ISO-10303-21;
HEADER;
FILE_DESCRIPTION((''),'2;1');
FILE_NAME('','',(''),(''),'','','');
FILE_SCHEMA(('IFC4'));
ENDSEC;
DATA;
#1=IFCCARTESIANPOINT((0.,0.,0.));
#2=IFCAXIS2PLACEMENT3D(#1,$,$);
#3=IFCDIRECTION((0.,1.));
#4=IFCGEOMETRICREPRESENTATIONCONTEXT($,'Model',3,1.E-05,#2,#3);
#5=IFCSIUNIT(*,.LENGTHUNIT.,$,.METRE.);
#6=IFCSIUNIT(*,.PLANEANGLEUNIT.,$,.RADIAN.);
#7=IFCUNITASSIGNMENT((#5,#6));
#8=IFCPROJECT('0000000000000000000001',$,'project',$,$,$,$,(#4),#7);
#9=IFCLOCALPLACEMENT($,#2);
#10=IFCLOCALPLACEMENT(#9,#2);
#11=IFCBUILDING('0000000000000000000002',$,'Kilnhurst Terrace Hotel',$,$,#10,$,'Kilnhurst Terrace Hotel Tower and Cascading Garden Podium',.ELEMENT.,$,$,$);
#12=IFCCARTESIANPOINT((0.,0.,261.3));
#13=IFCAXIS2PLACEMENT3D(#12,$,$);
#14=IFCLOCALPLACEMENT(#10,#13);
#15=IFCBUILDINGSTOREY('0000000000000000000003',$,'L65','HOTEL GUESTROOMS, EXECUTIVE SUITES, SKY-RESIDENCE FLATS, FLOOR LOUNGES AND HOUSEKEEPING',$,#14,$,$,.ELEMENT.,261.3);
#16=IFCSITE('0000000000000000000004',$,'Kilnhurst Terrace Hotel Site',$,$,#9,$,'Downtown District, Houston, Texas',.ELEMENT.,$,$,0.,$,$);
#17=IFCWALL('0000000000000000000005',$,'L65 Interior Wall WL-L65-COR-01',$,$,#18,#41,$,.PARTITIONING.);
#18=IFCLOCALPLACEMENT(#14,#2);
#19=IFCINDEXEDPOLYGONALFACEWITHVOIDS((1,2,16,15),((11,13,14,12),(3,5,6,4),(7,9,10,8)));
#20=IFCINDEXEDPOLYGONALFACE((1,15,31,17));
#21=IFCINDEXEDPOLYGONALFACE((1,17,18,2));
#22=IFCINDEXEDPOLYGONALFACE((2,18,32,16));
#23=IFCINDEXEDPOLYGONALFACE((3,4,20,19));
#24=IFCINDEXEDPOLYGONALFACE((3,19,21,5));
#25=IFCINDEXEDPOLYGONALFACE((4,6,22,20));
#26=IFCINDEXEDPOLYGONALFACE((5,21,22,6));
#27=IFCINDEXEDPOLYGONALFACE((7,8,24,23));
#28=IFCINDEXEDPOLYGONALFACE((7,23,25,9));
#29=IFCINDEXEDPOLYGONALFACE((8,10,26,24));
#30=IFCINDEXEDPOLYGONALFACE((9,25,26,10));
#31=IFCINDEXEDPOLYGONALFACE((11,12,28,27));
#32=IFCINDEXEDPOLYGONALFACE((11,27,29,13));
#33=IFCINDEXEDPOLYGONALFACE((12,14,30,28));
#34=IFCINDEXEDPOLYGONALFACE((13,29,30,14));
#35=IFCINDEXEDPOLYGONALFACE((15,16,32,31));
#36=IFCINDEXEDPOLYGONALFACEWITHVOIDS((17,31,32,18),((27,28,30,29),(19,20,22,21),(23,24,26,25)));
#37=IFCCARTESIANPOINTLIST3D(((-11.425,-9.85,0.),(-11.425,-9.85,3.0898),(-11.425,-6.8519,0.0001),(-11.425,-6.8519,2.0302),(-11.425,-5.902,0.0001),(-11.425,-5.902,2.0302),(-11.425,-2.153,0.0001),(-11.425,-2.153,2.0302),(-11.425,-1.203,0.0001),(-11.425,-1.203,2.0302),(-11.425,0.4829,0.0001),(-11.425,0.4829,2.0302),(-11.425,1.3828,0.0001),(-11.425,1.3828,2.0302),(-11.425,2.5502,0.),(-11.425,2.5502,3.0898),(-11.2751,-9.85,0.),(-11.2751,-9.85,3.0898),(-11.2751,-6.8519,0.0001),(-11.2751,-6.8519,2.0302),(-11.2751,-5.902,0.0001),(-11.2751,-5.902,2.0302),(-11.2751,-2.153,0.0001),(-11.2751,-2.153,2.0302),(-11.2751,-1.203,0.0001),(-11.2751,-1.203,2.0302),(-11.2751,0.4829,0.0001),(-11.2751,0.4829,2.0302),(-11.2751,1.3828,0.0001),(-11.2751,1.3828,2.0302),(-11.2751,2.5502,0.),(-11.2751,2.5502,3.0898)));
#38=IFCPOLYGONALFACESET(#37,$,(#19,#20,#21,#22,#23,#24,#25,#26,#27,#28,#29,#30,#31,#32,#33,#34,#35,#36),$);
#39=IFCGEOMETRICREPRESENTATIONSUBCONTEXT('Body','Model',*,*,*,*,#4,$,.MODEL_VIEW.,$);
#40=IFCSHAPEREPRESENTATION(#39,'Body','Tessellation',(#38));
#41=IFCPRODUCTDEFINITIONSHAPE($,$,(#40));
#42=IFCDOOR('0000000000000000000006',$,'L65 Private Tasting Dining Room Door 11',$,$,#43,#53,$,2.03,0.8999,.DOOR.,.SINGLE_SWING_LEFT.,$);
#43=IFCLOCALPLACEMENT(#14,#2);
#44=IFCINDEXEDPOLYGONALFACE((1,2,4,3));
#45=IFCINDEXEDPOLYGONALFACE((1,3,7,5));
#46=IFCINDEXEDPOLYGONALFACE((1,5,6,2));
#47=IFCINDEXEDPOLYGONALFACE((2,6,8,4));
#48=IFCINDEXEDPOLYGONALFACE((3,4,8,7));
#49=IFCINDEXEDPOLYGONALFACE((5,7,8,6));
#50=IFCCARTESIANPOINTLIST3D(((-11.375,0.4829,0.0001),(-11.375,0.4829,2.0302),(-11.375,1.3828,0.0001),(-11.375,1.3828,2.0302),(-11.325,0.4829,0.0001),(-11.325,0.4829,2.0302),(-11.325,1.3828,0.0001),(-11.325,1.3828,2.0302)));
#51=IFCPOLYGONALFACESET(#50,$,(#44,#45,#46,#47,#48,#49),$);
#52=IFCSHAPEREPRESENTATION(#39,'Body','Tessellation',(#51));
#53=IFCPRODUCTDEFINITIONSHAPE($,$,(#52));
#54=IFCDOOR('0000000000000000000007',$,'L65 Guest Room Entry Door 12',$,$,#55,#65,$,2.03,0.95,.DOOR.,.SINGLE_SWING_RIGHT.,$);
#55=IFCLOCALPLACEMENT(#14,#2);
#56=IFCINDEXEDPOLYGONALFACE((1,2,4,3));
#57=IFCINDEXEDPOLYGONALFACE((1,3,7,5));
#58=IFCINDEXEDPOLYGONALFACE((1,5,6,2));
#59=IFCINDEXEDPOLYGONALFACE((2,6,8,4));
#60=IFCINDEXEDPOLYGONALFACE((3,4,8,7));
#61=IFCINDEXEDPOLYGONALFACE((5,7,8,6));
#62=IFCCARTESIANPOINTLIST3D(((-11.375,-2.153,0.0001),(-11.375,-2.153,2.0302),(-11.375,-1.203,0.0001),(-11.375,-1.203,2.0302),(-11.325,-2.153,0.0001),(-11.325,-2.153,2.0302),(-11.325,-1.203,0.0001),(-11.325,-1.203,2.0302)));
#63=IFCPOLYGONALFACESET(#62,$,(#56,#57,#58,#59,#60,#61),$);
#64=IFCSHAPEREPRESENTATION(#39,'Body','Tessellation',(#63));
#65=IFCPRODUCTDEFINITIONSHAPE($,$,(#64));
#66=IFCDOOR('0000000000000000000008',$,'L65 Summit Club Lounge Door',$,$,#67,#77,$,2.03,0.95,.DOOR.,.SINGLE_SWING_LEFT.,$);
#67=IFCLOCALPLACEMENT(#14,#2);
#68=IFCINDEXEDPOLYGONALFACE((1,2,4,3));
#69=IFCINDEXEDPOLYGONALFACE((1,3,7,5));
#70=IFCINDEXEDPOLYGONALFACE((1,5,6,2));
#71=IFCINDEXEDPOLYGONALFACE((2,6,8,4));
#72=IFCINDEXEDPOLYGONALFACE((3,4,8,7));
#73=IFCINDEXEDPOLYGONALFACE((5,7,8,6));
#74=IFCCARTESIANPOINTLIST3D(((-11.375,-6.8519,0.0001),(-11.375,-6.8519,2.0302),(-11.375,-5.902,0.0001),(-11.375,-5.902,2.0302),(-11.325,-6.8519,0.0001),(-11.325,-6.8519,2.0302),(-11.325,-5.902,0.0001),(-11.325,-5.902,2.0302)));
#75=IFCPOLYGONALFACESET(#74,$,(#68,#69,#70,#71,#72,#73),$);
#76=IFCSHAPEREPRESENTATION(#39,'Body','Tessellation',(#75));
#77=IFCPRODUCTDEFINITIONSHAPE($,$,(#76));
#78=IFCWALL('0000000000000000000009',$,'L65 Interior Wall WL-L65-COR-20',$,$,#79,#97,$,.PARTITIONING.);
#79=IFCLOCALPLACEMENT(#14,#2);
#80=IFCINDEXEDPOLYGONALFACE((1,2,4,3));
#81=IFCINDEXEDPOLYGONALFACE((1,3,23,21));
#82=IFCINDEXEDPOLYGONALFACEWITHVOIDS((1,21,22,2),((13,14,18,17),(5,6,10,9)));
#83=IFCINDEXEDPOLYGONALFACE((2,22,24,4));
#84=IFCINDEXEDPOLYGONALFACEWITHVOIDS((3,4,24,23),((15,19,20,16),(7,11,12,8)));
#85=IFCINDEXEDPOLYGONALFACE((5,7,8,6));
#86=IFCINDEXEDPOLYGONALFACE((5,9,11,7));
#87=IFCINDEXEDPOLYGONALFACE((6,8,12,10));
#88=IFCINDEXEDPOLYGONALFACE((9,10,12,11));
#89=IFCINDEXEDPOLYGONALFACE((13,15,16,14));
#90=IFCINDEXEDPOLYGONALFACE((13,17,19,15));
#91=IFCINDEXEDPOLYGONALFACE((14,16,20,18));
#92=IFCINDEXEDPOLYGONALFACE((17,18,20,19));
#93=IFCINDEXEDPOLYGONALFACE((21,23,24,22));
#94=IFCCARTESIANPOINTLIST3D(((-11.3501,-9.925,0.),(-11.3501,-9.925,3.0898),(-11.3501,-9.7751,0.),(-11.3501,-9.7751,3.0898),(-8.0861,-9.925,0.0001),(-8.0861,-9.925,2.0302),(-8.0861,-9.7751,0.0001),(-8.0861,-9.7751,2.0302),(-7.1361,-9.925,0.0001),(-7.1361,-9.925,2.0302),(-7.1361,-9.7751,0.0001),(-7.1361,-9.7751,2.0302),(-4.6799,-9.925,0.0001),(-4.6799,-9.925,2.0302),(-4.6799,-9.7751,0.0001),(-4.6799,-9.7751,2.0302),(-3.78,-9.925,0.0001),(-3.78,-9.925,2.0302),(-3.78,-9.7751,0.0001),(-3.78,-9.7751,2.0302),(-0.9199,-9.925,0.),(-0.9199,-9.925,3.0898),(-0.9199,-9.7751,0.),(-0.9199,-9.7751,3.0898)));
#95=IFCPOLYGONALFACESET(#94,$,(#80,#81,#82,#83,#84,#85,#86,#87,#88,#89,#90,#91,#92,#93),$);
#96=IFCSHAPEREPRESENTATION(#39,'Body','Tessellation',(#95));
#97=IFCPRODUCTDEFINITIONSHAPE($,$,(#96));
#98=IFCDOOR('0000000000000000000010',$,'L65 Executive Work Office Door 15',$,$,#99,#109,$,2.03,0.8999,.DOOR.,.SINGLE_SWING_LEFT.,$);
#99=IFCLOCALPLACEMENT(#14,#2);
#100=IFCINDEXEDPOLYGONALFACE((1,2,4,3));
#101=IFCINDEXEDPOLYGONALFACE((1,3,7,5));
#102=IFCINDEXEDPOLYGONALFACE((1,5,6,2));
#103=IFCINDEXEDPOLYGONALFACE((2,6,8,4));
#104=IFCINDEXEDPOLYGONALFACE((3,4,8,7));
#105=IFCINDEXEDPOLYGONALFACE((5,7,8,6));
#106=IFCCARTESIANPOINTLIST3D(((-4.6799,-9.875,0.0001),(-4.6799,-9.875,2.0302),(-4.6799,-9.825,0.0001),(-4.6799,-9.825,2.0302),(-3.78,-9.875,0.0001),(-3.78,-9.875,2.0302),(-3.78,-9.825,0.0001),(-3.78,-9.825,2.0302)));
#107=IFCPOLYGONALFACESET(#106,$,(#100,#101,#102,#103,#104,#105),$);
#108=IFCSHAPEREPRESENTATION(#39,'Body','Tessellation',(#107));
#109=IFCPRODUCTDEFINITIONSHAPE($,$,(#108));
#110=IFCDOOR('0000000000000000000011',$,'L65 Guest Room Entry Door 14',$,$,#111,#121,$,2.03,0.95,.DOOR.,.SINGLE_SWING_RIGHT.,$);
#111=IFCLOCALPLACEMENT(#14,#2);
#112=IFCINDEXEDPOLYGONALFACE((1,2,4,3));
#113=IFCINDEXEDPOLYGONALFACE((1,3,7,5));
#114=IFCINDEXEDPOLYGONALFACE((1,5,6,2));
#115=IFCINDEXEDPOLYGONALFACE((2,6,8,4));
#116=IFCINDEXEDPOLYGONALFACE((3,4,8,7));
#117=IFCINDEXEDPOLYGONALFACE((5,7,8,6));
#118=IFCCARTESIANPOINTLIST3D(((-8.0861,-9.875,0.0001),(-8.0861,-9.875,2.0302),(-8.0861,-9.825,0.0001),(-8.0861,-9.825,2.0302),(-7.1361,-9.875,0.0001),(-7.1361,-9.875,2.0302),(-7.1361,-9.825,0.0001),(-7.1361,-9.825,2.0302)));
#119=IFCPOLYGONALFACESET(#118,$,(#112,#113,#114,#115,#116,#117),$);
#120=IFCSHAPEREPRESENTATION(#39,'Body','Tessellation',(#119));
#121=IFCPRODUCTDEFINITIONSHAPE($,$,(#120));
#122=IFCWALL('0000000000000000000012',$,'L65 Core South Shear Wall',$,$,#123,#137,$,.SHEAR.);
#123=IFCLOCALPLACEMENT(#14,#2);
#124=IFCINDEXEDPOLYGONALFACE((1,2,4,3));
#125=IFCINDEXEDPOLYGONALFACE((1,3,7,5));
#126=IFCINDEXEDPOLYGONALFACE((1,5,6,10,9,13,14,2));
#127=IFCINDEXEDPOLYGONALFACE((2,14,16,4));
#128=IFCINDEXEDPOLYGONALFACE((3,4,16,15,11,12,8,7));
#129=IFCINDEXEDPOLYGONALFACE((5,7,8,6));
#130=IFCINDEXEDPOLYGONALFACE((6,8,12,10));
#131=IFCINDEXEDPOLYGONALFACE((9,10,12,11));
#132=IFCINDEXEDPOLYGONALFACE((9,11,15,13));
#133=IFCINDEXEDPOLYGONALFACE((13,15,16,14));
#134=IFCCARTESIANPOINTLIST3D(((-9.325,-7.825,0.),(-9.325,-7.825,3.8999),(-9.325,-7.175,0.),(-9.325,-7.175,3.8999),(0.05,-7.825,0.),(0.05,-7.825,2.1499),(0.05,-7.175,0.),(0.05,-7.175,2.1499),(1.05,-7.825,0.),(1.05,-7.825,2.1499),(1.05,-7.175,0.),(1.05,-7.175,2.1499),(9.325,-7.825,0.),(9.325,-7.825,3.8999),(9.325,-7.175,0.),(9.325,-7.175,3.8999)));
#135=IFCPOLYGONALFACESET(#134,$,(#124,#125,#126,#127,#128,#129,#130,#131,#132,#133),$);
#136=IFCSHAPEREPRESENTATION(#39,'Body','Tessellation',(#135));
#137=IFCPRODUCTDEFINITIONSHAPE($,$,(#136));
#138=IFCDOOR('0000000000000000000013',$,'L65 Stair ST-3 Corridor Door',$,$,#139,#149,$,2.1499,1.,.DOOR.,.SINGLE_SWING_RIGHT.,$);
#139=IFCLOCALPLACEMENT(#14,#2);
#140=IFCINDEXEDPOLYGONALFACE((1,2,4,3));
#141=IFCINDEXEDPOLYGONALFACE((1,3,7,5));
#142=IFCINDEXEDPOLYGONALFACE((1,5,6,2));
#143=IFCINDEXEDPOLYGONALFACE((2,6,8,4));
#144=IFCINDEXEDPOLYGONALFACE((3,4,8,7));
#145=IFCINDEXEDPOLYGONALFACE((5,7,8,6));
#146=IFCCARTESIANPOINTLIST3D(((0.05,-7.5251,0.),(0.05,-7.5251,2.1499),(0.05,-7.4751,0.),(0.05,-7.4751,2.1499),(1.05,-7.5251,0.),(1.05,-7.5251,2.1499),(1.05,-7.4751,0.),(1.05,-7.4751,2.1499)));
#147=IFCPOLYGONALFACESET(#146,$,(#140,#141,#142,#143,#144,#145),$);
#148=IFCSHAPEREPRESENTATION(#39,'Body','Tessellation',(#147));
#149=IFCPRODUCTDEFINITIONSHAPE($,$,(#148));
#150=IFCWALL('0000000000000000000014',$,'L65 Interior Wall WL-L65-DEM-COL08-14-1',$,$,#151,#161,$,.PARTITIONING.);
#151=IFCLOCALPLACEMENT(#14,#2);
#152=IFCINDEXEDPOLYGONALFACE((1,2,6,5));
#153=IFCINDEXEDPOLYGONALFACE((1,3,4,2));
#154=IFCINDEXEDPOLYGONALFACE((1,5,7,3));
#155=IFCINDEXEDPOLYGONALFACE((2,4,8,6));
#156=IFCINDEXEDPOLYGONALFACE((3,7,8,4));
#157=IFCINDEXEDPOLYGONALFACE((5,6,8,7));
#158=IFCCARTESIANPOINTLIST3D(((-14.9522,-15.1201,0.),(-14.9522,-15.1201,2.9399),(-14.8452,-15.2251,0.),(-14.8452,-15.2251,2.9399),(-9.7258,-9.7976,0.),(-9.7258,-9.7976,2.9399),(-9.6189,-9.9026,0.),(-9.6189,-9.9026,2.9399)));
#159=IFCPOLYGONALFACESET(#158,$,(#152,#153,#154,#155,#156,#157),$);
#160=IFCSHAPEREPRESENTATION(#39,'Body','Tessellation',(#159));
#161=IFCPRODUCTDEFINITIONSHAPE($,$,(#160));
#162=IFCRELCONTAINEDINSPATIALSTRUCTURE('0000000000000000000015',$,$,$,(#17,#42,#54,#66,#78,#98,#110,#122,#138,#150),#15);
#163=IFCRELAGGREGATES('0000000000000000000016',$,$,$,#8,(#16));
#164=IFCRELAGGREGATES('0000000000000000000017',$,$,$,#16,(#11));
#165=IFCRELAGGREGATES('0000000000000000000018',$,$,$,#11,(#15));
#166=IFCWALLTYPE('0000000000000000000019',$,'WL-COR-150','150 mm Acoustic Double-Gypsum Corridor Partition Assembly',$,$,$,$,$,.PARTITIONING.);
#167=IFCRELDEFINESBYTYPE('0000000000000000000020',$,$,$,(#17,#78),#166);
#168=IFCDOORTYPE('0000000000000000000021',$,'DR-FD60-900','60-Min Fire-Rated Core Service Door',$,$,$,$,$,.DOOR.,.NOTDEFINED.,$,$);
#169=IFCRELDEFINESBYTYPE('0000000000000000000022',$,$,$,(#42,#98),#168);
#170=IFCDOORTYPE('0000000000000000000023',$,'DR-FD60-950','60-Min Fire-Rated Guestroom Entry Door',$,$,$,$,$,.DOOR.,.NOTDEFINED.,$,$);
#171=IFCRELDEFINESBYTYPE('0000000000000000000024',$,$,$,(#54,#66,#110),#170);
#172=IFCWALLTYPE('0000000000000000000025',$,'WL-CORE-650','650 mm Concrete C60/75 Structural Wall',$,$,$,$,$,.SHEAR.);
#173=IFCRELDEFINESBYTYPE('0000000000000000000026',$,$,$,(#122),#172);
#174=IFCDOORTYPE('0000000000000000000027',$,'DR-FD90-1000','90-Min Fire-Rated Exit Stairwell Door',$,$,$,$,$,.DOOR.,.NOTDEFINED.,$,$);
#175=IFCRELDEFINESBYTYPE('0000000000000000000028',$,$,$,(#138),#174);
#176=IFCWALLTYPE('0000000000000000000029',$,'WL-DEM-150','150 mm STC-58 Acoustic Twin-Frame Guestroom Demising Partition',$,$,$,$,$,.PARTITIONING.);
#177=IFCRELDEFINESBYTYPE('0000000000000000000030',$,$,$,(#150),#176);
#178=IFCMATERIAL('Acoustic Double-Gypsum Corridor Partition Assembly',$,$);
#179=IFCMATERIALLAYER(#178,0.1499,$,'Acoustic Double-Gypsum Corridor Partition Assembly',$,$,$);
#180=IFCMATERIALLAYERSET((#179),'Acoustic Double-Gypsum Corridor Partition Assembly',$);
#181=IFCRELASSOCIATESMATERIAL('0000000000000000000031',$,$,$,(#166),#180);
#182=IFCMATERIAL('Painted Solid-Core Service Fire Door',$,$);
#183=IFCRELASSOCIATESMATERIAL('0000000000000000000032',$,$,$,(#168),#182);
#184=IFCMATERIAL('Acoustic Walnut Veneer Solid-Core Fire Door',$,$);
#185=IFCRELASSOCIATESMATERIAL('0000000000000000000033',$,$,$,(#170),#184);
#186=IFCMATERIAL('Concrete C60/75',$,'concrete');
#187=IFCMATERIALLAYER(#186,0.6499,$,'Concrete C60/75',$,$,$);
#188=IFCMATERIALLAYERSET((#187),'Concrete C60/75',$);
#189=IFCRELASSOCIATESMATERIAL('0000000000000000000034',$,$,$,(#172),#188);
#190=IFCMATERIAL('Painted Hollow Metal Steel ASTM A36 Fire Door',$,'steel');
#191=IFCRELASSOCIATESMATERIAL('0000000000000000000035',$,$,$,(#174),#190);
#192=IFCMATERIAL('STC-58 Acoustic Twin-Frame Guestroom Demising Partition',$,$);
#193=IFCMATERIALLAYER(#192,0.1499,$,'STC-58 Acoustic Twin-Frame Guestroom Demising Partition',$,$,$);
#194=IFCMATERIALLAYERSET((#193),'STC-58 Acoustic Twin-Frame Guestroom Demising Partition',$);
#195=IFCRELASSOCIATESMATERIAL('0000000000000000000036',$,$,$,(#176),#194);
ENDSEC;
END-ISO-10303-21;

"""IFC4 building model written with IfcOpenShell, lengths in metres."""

from ifc_helpers import new_model, si_unit, direction, frame, frame_2d, origin, place, context, subcontext, project, spatial, rectangle, extrude, material, layer, layer_set, type_object, element, fill, save


model = new_model("IFC4")

# Units and contexts
model_context = context("Model", 3, precision=1e-05, world=origin(), true_north=direction((0.0, 1.0)))
body_context = subcontext(model_context, "Body", "Model", "MODEL_VIEW")
ifc_project = project(units=[si_unit("LENGTHUNIT", "METRE"), si_unit("PLANEANGLEUNIT", "RADIAN")], contexts=[model_context])

# Site, building, storey
site_placement = place(None, origin())
site = spatial("IfcSite", under=ifc_project, at=site_placement, Name="Kilnhurst Terrace Hotel Site", LongName="Downtown District, Houston, Texas", CompositionType="ELEMENT", RefElevation=0.0)
building_placement = place(site_placement, origin())
building = spatial("IfcBuilding", under=site, at=building_placement, Name="Kilnhurst Terrace Hotel", LongName="Kilnhurst Terrace Hotel Tower and Cascading Garden Podium", CompositionType="ELEMENT")
storey_placement = place(building_placement, frame((0.0, 0.0, 261.3)))
storey = spatial("IfcBuildingStorey", under=building, at=storey_placement, Name="L65", Description="HOTEL GUESTROOMS, EXECUTIVE SUITES, SKY-RESIDENCE FLATS, FLOOR LOUNGES AND HOUSEKEEPING", CompositionType="ELEMENT", Elevation=261.3)

# Shared definitions
ifc_material_1 = material(Name="Concrete C60/75", Category="concrete")

# Walls, openings, doors
ifc_material_2 = material(Name="Acoustic Double-Gypsum Corridor Partition Assembly")
ifc_layer_1 = layer(ifc_material_2, 0.1499, Name="Acoustic Double-Gypsum Corridor Partition Assembly")
ifc_layer_set_1 = layer_set([ifc_layer_1], Name="Acoustic Double-Gypsum Corridor Partition Assembly")
wall_type_1 = type_object("IfcWallType", Name="WL-COR-150", Description="150 mm Acoustic Double-Gypsum Corridor Partition Assembly", PredefinedType="PARTITIONING", material=ifc_layer_set_1)
wall_1_placement = place(storey_placement, frame((-11.3501, -9.8501, 0.0), z_axis=(0.0, 0.0, 1.0), x_axis=(0.0, 1.0, 0.0)))
wall_1 = element("IfcWall", 1, at=wall_1_placement, inside=storey, type_object=wall_type_1, Name="L65 Interior Wall WL-L65-COR-01", PredefinedType="PARTITIONING", context=body_context, shape_type="SweptSolid", body=[
    extrude(rectangle(XDim=12.4001, YDim=0.1499, at=frame_2d((6.2002, 0.0))), origin(), (0.0, 0.0, 1.0), 3.0898),
])
opening_1_placement = place(wall_1_placement, frame((10.333, 0.0, 0.0)))
opening_1 = element("IfcOpeningElement", 2, at=opening_1_placement, cuts=wall_1, PredefinedType="OPENING", context=body_context, shape_type="SweptSolid", body=[
    extrude(rectangle(XDim=0.8999, YDim=2.03, at=frame_2d((0.45, 1.0151))), frame((0.0, 0.085, 0.0), z_axis=(0.0, -1.0, 0.0), x_axis=(1.0, 0.0, 0.0)), (0.0, 0.0, 1.0), 0.1699),
])
opening_2_placement = place(wall_1_placement, frame((7.697, 0.0, 0.0)))
opening_2 = element("IfcOpeningElement", 3, at=opening_2_placement, cuts=wall_1, PredefinedType="OPENING", context=body_context, shape_type="SweptSolid", body=[
    extrude(rectangle(XDim=0.95, YDim=2.03, at=frame_2d((0.4751, 1.0151))), frame((0.0, 0.085, 0.0), z_axis=(0.0, -1.0, 0.0), x_axis=(1.0, 0.0, 0.0)), (0.0, 0.0, 1.0), 0.1699),
])
opening_3_placement = place(wall_1_placement, frame((2.998, 0.0, 0.0)))
opening_3 = element("IfcOpeningElement", 4, at=opening_3_placement, cuts=wall_1, PredefinedType="OPENING", context=body_context, shape_type="SweptSolid", body=[
    extrude(rectangle(XDim=0.95, YDim=2.03, at=frame_2d((0.4751, 1.0151))), frame((0.0, 0.085, 0.0), z_axis=(0.0, -1.0, 0.0), x_axis=(1.0, 0.0, 0.0)), (0.0, 0.0, 1.0), 0.1699),
])
ifc_material_3 = material(Name="Painted Solid-Core Service Fire Door")
door_type_1 = type_object("IfcDoorType", Name="DR-FD60-900", Description="60-Min Fire-Rated Core Service Door", OperationType="NOTDEFINED", PredefinedType="DOOR", material=ifc_material_3)
door_1_placement = place(opening_1_placement, origin())
door_1 = element("IfcDoor", 5, at=door_1_placement, inside=storey, type_object=door_type_1, Name="L65 Private Tasting Dining Room Door 11", OperationType="SINGLE_SWING_LEFT", OverallHeight=2.03, OverallWidth=0.8999, PredefinedType="DOOR", context=body_context, shape_type="SweptSolid", body=[
    extrude(rectangle(XDim=0.8999, YDim=2.03, at=frame_2d((0.45, 1.0151))), frame((0.0, 0.0249, 0.0), z_axis=(0.0, -1.0, 0.0), x_axis=(1.0, 0.0, 0.0)), (0.0, 0.0, 1.0), 0.05),
])
fill(opening_1, door_1)
ifc_material_4 = material(Name="Acoustic Walnut Veneer Solid-Core Fire Door")
door_type_2 = type_object("IfcDoorType", Name="DR-FD60-950", Description="60-Min Fire-Rated Guestroom Entry Door", OperationType="NOTDEFINED", PredefinedType="DOOR", material=ifc_material_4)
door_2_placement = place(opening_2_placement, origin())
door_2 = element("IfcDoor", 6, at=door_2_placement, inside=storey, type_object=door_type_2, Name="L65 Guest Room Entry Door 12", OperationType="SINGLE_SWING_RIGHT", OverallHeight=2.03, OverallWidth=0.95, PredefinedType="DOOR", context=body_context, shape_type="SweptSolid", body=[
    extrude(rectangle(XDim=0.95, YDim=2.03, at=frame_2d((0.4751, 1.0151))), frame((0.0, 0.0249, 0.0), z_axis=(0.0, -1.0, 0.0), x_axis=(1.0, 0.0, 0.0)), (0.0, 0.0, 1.0), 0.05),
])
fill(opening_2, door_2)
door_3_placement = place(opening_3_placement, origin())
door_3 = element("IfcDoor", 7, at=door_3_placement, inside=storey, type_object=door_type_2, Name="L65 Summit Club Lounge Door", OperationType="SINGLE_SWING_LEFT", OverallHeight=2.03, OverallWidth=0.95, PredefinedType="DOOR", context=body_context, shape_type="SweptSolid", body=[
    extrude(rectangle(XDim=0.95, YDim=2.03, at=frame_2d((0.4751, 1.0151))), frame((0.0, 0.0249, 0.0), z_axis=(0.0, -1.0, 0.0), x_axis=(1.0, 0.0, 0.0)), (0.0, 0.0, 1.0), 0.05),
])
fill(opening_3, door_3)
wall_2_placement = place(storey_placement, frame((-0.9199, -9.8501, 0.0), z_axis=(0.0, 0.0, 1.0), x_axis=(-1.0, 0.0, 0.0)))
wall_2 = element("IfcWall", 8, at=wall_2_placement, inside=storey, type_object=wall_type_1, Name="L65 Interior Wall WL-L65-COR-20", PredefinedType="PARTITIONING", context=body_context, shape_type="SweptSolid", body=[
    extrude(rectangle(XDim=10.4302, YDim=0.1499, at=frame_2d((5.2151, 0.0))), origin(), (0.0, 0.0, 1.0), 3.0898),
])
opening_4_placement = place(wall_2_placement, frame((6.2161, 0.0, 0.0)))
opening_4 = element("IfcOpeningElement", 9, at=opening_4_placement, cuts=wall_2, PredefinedType="OPENING", context=body_context, shape_type="SweptSolid", body=[
    extrude(rectangle(XDim=0.95, YDim=2.03, at=frame_2d((0.4751, 1.0151))), frame((0.0, 0.085, 0.0), z_axis=(0.0, -1.0, 0.0), x_axis=(1.0, 0.0, 0.0)), (0.0, 0.0, 1.0), 0.1699),
])
opening_5_placement = place(wall_2_placement, frame((2.8601, 0.0, 0.0)))
opening_5 = element("IfcOpeningElement", 10, at=opening_5_placement, cuts=wall_2, PredefinedType="OPENING", context=body_context, shape_type="SweptSolid", body=[
    extrude(rectangle(XDim=0.8999, YDim=2.03, at=frame_2d((0.45, 1.0151))), frame((0.0, 0.085, 0.0), z_axis=(0.0, -1.0, 0.0), x_axis=(1.0, 0.0, 0.0)), (0.0, 0.0, 1.0), 0.1699),
])
door_4_placement = place(opening_5_placement, origin())
door_4 = element("IfcDoor", 11, at=door_4_placement, inside=storey, type_object=door_type_1, Name="L65 Executive Work Office Door 15", OperationType="SINGLE_SWING_LEFT", OverallHeight=2.03, OverallWidth=0.8999, PredefinedType="DOOR", context=body_context, shape_type="SweptSolid", body=[
    extrude(rectangle(XDim=0.8999, YDim=2.03, at=frame_2d((0.45, 1.0151))), frame((0.0, 0.0249, 0.0), z_axis=(0.0, -1.0, 0.0), x_axis=(1.0, 0.0, 0.0)), (0.0, 0.0, 1.0), 0.05),
])
fill(opening_5, door_4)
door_5_placement = place(opening_4_placement, origin())
door_5 = element("IfcDoor", 12, at=door_5_placement, inside=storey, type_object=door_type_2, Name="L65 Guest Room Entry Door 14", OperationType="SINGLE_SWING_RIGHT", OverallHeight=2.03, OverallWidth=0.95, PredefinedType="DOOR", context=body_context, shape_type="SweptSolid", body=[
    extrude(rectangle(XDim=0.95, YDim=2.03, at=frame_2d((0.4751, 1.0151))), frame((0.0, 0.0249, 0.0), z_axis=(0.0, -1.0, 0.0), x_axis=(1.0, 0.0, 0.0)), (0.0, 0.0, 1.0), 0.05),
])
fill(opening_4, door_5)

# Wall, opening, door
ifc_layer_2 = layer(ifc_material_1, 0.6499, Name="Concrete C60/75")
ifc_layer_set_2 = layer_set([ifc_layer_2], Name="Concrete C60/75")
wall_type_2 = type_object("IfcWallType", Name="WL-CORE-650", Description="650 mm Concrete C60/75 Structural Wall", PredefinedType="SHEAR", material=ifc_layer_set_2)
wall_3_placement = place(storey_placement, frame((-9.325, -7.5, 0.0), z_axis=(0.0, 0.0, 1.0), x_axis=(1.0, 0.0, 0.0)))
wall_3 = element("IfcWall", 13, at=wall_3_placement, inside=storey, type_object=wall_type_2, Name="L65 Core South Shear Wall", PredefinedType="SHEAR", context=body_context, shape_type="SweptSolid", body=[
    extrude(rectangle(XDim=18.6499, YDim=0.6499, at=frame_2d((9.325, 0.0))), origin(), (0.0, 0.0, 1.0), 3.8999),
])
opening_6_placement = place(wall_3_placement, frame((9.375, 0.0, 0.0)))
opening_6 = element("IfcOpeningElement", 14, at=opening_6_placement, cuts=wall_3, PredefinedType="OPENING", context=body_context, shape_type="SweptSolid", body=[
    extrude(rectangle(XDim=1.0, YDim=2.1499, at=frame_2d((0.5, 1.075))), frame((0.0, 0.335, 0.0), z_axis=(0.0, -1.0, 0.0), x_axis=(1.0, 0.0, 0.0)), (0.0, 0.0, 1.0), 0.6699),
])
ifc_material_5 = material(Name="Painted Hollow Metal Steel ASTM A36 Fire Door", Category="steel")
door_type_3 = type_object("IfcDoorType", Name="DR-FD90-1000", Description="90-Min Fire-Rated Exit Stairwell Door", OperationType="NOTDEFINED", PredefinedType="DOOR", material=ifc_material_5)
door_6_placement = place(opening_6_placement, origin())
door_6 = element("IfcDoor", 15, at=door_6_placement, inside=storey, type_object=door_type_3, Name="L65 Stair ST-3 Corridor Door", OperationType="SINGLE_SWING_RIGHT", OverallHeight=2.1499, OverallWidth=1.0, PredefinedType="DOOR", context=body_context, shape_type="SweptSolid", body=[
    extrude(rectangle(XDim=1.0, YDim=2.1499, at=frame_2d((0.5, 1.075))), frame((0.0, 0.0249, 0.0), z_axis=(0.0, -1.0, 0.0), x_axis=(1.0, 0.0, 0.0)), (0.0, 0.0, 1.0), 0.05),
])
fill(opening_6, door_6)

# Wall
ifc_material_6 = material(Name="STC-58 Acoustic Twin-Frame Guestroom Demising Partition")
ifc_layer_3 = layer(ifc_material_6, 0.1499, Name="STC-58 Acoustic Twin-Frame Guestroom Demising Partition")
ifc_layer_set_3 = layer_set([ifc_layer_3], Name="STC-58 Acoustic Twin-Frame Guestroom Demising Partition")
wall_type_3 = type_object("IfcWallType", Name="WL-DEM-150", Description="150 mm STC-58 Acoustic Twin-Frame Guestroom Demising Partition", PredefinedType="PARTITIONING", material=ifc_layer_set_3)
wall_4_placement = place(storey_placement, frame((-9.6724, -9.8501, 0.0), z_axis=(0.0, 0.0, 1.0), x_axis=(-0.70063, -0.713525, 0.0)))
element("IfcWall", 16, at=wall_4_placement, inside=storey, type_object=wall_type_3, Name="L65 Interior Wall WL-L65-DEM-COL08-14-1", PredefinedType="PARTITIONING", context=body_context, shape_type="SweptSolid", body=[
    extrude(rectangle(XDim=7.4595, YDim=0.1499, at=frame_2d((3.7297, 0.0))), origin(), (0.0, 0.0, 1.0), 2.9399),
])

save(model, "model.ifc")
